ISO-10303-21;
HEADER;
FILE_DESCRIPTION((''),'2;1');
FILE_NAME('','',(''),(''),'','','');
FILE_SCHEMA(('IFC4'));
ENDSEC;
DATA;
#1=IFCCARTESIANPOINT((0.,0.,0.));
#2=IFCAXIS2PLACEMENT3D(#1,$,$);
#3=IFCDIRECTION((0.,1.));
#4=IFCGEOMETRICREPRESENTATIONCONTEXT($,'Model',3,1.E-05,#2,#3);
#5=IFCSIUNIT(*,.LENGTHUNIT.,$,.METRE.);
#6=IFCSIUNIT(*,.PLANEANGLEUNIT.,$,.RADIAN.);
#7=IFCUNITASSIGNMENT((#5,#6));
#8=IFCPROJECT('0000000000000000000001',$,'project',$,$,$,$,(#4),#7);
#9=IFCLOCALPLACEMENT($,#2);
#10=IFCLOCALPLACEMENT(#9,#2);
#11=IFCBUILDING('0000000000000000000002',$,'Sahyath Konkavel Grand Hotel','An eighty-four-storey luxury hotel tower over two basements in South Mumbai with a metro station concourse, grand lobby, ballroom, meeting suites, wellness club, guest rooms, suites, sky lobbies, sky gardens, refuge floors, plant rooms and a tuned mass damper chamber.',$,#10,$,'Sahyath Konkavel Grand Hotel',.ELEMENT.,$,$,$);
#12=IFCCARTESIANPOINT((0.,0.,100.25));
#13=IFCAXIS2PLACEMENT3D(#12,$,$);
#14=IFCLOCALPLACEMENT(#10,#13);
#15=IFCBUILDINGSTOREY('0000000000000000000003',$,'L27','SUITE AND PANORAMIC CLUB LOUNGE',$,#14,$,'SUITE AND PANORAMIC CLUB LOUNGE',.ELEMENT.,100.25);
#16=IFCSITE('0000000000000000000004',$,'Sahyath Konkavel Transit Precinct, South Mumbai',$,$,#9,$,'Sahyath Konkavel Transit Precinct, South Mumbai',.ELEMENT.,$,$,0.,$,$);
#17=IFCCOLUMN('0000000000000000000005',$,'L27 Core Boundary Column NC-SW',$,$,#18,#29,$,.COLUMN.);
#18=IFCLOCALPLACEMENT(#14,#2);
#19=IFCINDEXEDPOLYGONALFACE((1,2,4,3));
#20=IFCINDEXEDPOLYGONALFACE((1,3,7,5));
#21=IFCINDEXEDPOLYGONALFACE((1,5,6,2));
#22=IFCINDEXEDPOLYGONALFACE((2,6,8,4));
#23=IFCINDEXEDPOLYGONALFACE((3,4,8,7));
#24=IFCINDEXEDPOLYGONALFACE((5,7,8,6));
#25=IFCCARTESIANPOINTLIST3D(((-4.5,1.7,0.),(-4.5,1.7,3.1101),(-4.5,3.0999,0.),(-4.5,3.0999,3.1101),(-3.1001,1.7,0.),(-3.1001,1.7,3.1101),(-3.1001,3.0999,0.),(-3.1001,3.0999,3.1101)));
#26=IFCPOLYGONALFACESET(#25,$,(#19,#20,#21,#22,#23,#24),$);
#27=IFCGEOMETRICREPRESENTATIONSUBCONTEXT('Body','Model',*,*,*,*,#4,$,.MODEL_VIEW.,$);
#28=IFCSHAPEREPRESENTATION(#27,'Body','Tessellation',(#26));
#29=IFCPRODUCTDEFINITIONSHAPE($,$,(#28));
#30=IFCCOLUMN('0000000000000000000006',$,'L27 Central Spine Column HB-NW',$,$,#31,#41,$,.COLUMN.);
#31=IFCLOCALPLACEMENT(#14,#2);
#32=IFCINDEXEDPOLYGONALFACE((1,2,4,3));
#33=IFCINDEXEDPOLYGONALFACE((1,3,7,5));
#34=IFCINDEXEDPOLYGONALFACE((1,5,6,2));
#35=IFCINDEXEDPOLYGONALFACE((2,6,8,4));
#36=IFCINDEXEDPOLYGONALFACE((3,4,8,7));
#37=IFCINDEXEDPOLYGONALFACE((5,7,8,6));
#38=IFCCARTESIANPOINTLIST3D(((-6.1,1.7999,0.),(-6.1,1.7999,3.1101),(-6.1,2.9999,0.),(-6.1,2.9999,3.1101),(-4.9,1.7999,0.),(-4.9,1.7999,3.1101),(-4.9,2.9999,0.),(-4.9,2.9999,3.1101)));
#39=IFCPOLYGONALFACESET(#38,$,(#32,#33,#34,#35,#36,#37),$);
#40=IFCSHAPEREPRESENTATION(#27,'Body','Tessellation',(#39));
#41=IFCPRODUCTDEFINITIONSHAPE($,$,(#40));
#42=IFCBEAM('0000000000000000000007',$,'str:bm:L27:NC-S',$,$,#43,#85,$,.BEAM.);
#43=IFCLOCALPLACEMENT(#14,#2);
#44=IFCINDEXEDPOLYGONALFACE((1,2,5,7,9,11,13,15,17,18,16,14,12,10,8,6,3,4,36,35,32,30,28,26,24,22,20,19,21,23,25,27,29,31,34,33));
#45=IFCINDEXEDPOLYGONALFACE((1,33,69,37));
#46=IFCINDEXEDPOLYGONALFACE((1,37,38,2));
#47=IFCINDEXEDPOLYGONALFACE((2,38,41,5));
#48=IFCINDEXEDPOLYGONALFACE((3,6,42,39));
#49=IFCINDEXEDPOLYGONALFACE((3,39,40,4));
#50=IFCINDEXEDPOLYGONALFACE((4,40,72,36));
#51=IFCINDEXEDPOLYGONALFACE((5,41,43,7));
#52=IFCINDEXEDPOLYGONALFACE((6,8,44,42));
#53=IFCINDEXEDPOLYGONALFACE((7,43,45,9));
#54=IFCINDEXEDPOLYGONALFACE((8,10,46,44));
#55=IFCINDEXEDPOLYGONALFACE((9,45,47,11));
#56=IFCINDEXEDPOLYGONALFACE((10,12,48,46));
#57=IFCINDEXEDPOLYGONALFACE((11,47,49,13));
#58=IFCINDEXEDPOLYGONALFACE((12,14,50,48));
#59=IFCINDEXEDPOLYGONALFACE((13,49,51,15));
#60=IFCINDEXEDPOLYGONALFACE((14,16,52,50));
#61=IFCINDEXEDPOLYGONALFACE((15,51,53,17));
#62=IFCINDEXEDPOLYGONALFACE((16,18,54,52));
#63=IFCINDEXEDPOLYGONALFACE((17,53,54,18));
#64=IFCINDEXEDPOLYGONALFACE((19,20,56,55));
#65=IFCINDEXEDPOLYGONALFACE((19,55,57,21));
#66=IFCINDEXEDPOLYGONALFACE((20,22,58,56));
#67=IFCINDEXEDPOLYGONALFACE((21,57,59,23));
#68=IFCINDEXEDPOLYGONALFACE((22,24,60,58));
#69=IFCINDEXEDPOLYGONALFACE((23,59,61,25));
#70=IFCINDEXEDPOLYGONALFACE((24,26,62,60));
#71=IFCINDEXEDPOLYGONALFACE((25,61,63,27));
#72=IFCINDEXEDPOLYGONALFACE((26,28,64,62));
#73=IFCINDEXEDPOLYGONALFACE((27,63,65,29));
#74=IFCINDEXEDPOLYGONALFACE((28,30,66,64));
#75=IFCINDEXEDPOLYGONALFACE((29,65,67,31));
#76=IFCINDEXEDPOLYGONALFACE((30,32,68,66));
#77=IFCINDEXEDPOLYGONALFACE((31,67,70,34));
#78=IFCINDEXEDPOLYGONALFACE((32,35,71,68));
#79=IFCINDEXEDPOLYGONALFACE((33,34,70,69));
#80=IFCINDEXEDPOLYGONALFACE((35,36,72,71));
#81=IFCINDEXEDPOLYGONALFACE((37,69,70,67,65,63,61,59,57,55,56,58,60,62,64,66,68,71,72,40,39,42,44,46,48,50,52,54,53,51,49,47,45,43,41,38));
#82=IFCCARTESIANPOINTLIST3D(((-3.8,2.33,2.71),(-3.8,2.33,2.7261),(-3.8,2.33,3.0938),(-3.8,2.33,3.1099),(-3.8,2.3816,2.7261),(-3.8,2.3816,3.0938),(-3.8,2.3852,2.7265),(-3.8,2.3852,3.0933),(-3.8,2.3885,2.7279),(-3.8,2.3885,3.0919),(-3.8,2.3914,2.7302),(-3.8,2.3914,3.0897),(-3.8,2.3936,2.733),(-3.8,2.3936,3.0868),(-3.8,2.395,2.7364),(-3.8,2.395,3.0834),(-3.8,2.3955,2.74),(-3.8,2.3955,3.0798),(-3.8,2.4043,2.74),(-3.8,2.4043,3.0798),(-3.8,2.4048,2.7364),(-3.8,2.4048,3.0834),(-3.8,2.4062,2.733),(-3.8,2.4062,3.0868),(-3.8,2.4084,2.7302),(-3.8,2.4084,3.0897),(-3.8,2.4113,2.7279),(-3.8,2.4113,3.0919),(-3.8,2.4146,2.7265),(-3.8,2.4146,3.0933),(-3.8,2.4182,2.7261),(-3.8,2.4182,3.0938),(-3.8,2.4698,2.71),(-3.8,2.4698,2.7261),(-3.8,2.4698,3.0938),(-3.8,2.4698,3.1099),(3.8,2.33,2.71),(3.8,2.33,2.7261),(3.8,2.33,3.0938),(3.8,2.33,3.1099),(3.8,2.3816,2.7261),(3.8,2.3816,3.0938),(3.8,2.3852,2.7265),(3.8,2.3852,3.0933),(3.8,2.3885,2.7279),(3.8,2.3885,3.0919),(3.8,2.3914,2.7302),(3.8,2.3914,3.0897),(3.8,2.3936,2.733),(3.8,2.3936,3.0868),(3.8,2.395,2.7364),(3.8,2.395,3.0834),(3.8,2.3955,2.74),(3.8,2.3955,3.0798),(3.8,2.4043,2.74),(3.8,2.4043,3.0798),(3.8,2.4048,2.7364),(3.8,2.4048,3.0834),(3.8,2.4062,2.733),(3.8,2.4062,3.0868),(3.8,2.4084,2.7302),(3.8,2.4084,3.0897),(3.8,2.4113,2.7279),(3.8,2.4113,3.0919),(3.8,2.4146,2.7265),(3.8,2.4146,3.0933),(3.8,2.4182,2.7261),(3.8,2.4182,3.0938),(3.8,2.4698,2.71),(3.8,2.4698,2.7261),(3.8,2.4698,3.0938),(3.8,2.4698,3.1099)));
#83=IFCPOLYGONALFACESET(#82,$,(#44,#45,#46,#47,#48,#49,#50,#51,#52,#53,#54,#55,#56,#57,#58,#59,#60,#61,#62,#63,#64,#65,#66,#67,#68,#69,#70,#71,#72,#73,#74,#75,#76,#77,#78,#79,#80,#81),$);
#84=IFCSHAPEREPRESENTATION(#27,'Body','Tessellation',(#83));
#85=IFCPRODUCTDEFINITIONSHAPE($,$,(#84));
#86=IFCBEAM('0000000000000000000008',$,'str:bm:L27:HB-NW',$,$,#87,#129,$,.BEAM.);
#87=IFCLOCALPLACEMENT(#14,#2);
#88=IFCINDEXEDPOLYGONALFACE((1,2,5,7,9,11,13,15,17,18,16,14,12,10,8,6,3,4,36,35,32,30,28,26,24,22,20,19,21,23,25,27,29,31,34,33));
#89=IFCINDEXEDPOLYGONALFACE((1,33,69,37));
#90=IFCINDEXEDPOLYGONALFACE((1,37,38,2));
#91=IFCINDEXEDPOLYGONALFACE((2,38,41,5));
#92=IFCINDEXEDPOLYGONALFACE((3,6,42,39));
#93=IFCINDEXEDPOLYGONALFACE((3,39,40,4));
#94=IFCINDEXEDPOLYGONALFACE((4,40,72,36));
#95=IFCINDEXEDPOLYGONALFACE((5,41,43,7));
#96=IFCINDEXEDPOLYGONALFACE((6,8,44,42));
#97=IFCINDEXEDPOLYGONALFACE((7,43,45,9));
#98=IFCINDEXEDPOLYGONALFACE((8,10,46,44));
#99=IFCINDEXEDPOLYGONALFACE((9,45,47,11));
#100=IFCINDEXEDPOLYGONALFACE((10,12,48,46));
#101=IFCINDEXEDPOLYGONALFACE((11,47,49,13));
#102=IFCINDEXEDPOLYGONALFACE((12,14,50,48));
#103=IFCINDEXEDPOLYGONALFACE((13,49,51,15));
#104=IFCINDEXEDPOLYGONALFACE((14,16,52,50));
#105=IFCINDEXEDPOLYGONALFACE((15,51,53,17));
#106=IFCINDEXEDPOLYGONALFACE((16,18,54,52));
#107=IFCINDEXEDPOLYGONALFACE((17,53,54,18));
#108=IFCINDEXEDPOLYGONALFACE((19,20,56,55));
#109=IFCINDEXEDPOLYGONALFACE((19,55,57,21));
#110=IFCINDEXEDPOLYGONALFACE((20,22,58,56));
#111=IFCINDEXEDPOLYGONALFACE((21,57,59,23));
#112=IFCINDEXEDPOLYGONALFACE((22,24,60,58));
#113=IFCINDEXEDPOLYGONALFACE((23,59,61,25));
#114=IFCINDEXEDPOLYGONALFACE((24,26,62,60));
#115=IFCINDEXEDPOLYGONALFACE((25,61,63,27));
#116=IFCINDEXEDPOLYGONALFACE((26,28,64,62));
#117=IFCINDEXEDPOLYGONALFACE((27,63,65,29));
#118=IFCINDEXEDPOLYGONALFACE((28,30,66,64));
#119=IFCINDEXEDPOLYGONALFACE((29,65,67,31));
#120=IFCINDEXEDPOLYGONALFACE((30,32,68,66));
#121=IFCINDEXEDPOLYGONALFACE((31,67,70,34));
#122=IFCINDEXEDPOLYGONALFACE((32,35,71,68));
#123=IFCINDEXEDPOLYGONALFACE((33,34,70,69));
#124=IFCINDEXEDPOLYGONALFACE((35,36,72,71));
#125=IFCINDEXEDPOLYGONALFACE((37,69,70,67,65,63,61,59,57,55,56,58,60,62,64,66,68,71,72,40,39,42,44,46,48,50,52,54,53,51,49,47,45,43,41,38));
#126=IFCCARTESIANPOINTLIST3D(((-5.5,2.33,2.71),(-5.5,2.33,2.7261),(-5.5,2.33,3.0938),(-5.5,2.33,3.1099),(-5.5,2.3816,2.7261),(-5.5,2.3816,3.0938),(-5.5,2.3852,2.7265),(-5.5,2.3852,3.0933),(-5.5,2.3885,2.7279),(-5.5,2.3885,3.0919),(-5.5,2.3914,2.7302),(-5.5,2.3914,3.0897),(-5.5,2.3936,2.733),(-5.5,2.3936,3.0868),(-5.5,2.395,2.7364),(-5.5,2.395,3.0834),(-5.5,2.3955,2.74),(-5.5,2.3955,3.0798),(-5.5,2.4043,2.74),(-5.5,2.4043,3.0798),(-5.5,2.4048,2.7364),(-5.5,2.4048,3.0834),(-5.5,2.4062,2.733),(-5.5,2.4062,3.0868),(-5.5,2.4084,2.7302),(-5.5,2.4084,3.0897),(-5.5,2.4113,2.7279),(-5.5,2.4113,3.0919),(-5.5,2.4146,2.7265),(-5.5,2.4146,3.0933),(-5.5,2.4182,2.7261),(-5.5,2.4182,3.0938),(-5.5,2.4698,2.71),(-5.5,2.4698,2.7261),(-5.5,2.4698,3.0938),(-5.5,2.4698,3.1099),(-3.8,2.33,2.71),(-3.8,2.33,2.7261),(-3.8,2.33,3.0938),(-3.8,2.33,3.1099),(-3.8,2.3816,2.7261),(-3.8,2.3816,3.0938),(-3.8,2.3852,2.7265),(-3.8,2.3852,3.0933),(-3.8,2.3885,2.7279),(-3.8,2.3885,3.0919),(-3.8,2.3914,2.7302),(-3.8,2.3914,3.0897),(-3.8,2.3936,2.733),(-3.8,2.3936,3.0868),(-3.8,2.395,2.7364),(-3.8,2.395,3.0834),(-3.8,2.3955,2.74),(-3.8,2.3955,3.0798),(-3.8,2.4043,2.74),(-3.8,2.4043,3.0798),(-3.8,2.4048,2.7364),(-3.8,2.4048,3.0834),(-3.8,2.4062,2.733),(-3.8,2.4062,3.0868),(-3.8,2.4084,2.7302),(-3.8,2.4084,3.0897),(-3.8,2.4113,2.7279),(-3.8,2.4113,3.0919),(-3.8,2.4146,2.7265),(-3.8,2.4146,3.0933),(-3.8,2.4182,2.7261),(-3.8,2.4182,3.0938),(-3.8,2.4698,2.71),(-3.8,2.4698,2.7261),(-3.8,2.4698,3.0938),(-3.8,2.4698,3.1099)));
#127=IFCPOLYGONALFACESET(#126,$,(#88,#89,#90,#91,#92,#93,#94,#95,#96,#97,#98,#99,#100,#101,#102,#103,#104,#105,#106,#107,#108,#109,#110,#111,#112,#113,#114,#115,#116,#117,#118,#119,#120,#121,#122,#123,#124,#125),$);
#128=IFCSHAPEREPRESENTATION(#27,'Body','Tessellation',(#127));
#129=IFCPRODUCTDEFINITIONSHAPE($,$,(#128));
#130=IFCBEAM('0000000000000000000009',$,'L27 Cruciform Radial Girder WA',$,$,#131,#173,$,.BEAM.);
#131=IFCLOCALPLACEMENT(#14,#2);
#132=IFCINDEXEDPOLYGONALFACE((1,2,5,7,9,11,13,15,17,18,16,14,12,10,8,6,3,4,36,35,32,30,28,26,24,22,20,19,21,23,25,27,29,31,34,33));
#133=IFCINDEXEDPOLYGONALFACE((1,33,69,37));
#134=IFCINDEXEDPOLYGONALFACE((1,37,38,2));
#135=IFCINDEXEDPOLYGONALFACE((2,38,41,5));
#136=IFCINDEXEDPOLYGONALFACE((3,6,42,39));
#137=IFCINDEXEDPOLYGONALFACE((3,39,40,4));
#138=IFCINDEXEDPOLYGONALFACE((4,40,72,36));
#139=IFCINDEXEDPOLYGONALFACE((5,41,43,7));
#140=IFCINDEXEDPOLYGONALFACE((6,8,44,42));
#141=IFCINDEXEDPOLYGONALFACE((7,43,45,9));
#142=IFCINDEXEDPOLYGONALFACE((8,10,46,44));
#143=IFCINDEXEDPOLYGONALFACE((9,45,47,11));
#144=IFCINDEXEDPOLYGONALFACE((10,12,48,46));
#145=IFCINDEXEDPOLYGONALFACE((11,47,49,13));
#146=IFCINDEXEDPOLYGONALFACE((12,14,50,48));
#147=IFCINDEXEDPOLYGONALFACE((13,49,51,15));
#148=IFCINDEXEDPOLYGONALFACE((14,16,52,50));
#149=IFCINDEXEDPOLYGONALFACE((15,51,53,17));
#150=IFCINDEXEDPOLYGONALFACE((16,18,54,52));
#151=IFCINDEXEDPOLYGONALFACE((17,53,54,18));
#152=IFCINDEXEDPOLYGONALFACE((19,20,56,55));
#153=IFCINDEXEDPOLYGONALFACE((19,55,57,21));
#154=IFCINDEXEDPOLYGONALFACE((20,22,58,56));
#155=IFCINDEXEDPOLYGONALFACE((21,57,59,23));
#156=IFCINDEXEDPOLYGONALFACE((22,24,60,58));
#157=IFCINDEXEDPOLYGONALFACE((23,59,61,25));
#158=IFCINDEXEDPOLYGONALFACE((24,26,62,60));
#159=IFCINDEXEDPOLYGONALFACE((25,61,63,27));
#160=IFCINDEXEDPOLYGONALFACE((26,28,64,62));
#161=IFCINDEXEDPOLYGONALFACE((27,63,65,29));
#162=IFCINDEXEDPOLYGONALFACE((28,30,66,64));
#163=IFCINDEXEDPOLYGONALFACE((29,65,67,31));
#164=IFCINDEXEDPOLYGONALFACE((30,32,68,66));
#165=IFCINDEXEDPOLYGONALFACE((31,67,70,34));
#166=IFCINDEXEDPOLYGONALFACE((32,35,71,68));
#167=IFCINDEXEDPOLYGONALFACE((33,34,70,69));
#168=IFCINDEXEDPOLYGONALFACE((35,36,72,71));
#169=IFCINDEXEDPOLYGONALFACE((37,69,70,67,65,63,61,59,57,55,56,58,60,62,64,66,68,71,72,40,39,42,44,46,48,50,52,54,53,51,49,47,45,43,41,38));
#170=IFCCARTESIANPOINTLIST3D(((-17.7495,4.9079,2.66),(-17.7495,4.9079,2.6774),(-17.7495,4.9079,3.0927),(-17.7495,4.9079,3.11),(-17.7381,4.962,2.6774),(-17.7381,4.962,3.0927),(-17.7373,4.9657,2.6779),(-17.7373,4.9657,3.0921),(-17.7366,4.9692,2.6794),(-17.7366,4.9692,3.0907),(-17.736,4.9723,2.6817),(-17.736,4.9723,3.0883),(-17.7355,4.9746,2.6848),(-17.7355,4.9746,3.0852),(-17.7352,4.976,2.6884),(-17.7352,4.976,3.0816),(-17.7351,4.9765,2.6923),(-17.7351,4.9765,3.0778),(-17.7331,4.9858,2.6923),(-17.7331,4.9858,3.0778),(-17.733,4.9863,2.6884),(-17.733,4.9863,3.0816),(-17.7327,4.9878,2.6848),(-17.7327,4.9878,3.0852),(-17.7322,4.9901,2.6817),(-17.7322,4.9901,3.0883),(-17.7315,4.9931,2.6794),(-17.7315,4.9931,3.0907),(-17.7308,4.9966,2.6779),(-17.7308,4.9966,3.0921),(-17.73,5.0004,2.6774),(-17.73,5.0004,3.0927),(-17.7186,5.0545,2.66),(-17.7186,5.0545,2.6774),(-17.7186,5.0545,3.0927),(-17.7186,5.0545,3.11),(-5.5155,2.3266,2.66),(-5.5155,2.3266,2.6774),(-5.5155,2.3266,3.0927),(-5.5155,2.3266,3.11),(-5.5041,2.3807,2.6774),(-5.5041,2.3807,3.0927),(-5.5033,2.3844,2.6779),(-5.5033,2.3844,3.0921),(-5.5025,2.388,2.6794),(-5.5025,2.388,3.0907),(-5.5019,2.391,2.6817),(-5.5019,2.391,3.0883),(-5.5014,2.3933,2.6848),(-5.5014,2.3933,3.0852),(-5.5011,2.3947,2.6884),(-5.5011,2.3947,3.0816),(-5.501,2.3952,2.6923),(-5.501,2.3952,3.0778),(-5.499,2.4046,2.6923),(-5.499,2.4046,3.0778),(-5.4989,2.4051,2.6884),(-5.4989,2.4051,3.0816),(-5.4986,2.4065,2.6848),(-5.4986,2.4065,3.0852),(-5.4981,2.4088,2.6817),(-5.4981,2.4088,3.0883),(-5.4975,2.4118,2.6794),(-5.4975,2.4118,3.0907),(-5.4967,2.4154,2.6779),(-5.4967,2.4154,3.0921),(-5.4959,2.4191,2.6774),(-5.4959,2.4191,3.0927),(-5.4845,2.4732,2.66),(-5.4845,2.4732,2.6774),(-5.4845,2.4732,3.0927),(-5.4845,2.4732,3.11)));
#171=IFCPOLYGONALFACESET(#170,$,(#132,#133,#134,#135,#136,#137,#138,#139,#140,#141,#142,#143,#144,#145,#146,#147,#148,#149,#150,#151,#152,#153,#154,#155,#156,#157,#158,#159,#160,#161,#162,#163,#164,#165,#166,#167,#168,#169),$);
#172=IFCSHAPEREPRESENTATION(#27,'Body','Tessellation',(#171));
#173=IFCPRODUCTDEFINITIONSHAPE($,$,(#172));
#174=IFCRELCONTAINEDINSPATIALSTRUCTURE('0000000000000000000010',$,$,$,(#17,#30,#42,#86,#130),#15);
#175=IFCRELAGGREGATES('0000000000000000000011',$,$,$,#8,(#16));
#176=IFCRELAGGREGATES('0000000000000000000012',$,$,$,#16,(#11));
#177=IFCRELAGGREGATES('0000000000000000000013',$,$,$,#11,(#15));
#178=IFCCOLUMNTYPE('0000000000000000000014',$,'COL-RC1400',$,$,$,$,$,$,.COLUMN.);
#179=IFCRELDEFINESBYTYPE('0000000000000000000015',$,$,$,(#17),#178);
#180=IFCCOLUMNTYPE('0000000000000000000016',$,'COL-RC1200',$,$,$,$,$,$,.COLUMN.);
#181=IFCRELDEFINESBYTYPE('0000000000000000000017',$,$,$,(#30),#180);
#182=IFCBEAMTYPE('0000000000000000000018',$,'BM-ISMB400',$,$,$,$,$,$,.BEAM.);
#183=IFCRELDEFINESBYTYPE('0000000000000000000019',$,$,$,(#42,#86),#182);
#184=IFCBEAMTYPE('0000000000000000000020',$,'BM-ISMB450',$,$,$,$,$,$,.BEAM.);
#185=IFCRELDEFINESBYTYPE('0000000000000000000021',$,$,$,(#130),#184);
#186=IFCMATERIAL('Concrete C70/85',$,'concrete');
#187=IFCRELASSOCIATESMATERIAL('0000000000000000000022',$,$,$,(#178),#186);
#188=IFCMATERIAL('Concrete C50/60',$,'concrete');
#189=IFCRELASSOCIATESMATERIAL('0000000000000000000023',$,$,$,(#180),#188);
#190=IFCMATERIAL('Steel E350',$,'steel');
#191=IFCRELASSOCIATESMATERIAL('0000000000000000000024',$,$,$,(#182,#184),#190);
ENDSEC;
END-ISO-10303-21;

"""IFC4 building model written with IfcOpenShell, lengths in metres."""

from ifc_helpers import new_model, si_unit, direction, frame, origin, origin_2d, place, context, subcontext, project, spatial, rectangle, i_section, extrude, source, transform, mapped, material, material_profile, profile_set, type_object, element, save


model = new_model("IFC4")

# Units and contexts
model_context = context("Model", 3, precision=1e-05, world=origin(), true_north=direction((0.0, 1.0)))
body_context = subcontext(model_context, "Body", "Model", "MODEL_VIEW")
ifc_project = project(units=[si_unit("LENGTHUNIT", "METRE"), si_unit("PLANEANGLEUNIT", "RADIAN")], contexts=[model_context])

# Site, building, storey
site_placement = place(None, origin())
site = spatial("IfcSite", under=ifc_project, at=site_placement, Name="Sahyath Konkavel Transit Precinct, South Mumbai", LongName="Sahyath Konkavel Transit Precinct, South Mumbai", CompositionType="ELEMENT", RefElevation=0.0)
building_placement = place(site_placement, origin())
building = spatial("IfcBuilding", under=site, at=building_placement, Name="Sahyath Konkavel Grand Hotel", Description="An eighty-four-storey luxury hotel tower over two basements in South Mumbai with a metro station concourse, grand lobby, ballroom, meeting suites, wellness club, guest rooms, suites, sky lobbies, sky gardens, refuge floors, plant rooms and a tuned mass damper chamber.", LongName="Sahyath Konkavel Grand Hotel", CompositionType="ELEMENT")
storey_placement = place(building_placement, frame((0.0, 0.0, 100.25)))
storey = spatial("IfcBuildingStorey", under=building, at=storey_placement, Name="L27", Description="SUITE AND PANORAMIC CLUB LOUNGE", LongName="SUITE AND PANORAMIC CLUB LOUNGE", CompositionType="ELEMENT", Elevation=100.25)

# Columns
ifc_material_1 = material(Name="Concrete C70/85", Category="concrete")
ifc_material_profile_1 = material_profile(ifc_material_1, rectangle(XDim=1.3999, YDim=1.3999, at=origin_2d()), Name="RC 1400x1400")
ifc_profile_set_1 = profile_set([ifc_material_profile_1], Name="Concrete C70/85")
column_type_1 = type_object("IfcColumnType", Name="COL-RC1400", PredefinedType="COLUMN", material=ifc_profile_set_1)
shared_shape_1 = source(origin(), body_context, "Body", "SweptSolid", [
    extrude(rectangle(XDim=1.3999, YDim=1.3999, at=origin_2d()), origin(), (0.0, 0.0, 1.0), 3.1101),
])
column_1_placement = place(storey_placement, frame((-3.8, 2.3999, 0.0), z_axis=(0.0, 0.0, 1.0), x_axis=(1.0, 0.0, 0.0)))
element("IfcColumn", 1, at=column_1_placement, inside=storey, type_object=column_type_1, Name="L27 Core Boundary Column NC-SW", PredefinedType="COLUMN", context=body_context, shape_type="MappedRepresentation", body=[
    mapped(shared_shape_1, transform((0.0, 0.0, 0.0), scale=1.0)),
])
ifc_material_2 = material(Name="Concrete C50/60", Category="concrete")
ifc_material_profile_2 = material_profile(ifc_material_2, rectangle(XDim=1.2, YDim=1.2, at=origin_2d()), Name="RC 1200x1200")
ifc_profile_set_2 = profile_set([ifc_material_profile_2], Name="Concrete C50/60")
column_type_2 = type_object("IfcColumnType", Name="COL-RC1200", PredefinedType="COLUMN", material=ifc_profile_set_2)
shared_shape_2 = source(origin(), body_context, "Body", "SweptSolid", [
    extrude(rectangle(XDim=1.2, YDim=1.2, at=origin_2d()), origin(), (0.0, 0.0, 1.0), 3.1101),
])
column_2_placement = place(storey_placement, frame((-5.5, 2.3999, 0.0), z_axis=(0.0, 0.0, 1.0), x_axis=(1.0, 0.0, 0.0)))
element("IfcColumn", 2, at=column_2_placement, inside=storey, type_object=column_type_2, Name="L27 Central Spine Column HB-NW", PredefinedType="COLUMN", context=body_context, shape_type="MappedRepresentation", body=[
    mapped(shared_shape_2, transform((0.0, 0.0, 0.0), scale=1.0)),
])

# Beams
ifc_material_3 = material(Name="Steel E350", Category="steel")
ifc_material_profile_3 = material_profile(ifc_material_3, i_section(OverallWidth=0.1399, OverallDepth=0.3999, WebThickness=0.0088, FlangeThickness=0.0161, FilletRadius=0.0139, at=origin_2d()), Name="ISMB 400")
ifc_profile_set_3 = profile_set([ifc_material_profile_3], Name="Steel E350")
beam_type_1 = type_object("IfcBeamType", Name="BM-ISMB400", PredefinedType="BEAM", material=ifc_profile_set_3)
shared_shape_3 = source(origin(), body_context, "Body", "SweptSolid", [
    extrude(i_section(OverallWidth=0.1399, OverallDepth=0.3999, WebThickness=0.0088, FlangeThickness=0.0161, FilletRadius=0.0139, at=origin_2d()), origin(), (0.0, 0.0, 1.0), 7.6001),
])
beam_1_placement = place(storey_placement, frame((-3.8, 2.3999, 2.9099), z_axis=(1.0, 0.0, 0.0), x_axis=(0.0, 1.0, 0.0)))
element("IfcBeam", 3, at=beam_1_placement, inside=storey, type_object=beam_type_1, Name="str:bm:L27:NC-S", PredefinedType="BEAM", context=body_context, shape_type="MappedRepresentation", body=[
    mapped(shared_shape_3, transform((0.0, 0.0, 0.0), scale=1.0)),
])
shared_shape_4 = source(origin(), body_context, "Body", "SweptSolid", [
    extrude(i_section(OverallWidth=0.1399, OverallDepth=0.3999, WebThickness=0.0088, FlangeThickness=0.0161, FilletRadius=0.0139, at=origin_2d()), origin(), (0.0, 0.0, 1.0), 1.7),
])
beam_2_placement = place(storey_placement, frame((-5.5, 2.3999, 2.9099), z_axis=(1.0, 0.0, 0.0), x_axis=(0.0, 1.0, 0.0)))
element("IfcBeam", 4, at=beam_2_placement, inside=storey, type_object=beam_type_1, Name="str:bm:L27:HB-NW", PredefinedType="BEAM", context=body_context, shape_type="MappedRepresentation", body=[
    mapped(shared_shape_4, transform((0.0, 0.0, 0.0), scale=1.0)),
])
ifc_material_profile_4 = material_profile(ifc_material_3, i_section(OverallWidth=0.1499, OverallDepth=0.45, WebThickness=0.0095, FlangeThickness=0.0173, FilletRadius=0.0149, at=origin_2d()), Name="ISMB 450")
ifc_profile_set_4 = profile_set([ifc_material_profile_4], Name="Steel E350")
beam_type_2 = type_object("IfcBeamType", Name="BM-ISMB450", PredefinedType="BEAM", material=ifc_profile_set_4)
shared_shape_5 = source(origin(), body_context, "Body", "SweptSolid", [
    extrude(i_section(OverallWidth=0.1499, OverallDepth=0.45, WebThickness=0.0095, FlangeThickness=0.0173, FilletRadius=0.0149, at=origin_2d()), origin(), (0.0, 0.0, 1.0), 12.5034),
])
beam_3_placement = place(storey_placement, frame((-5.5, 2.3999, 2.885), z_axis=(-0.978458, 0.206446, 0.0), x_axis=(-0.206446, -0.978458, 0.0)))
element("IfcBeam", 5, at=beam_3_placement, inside=storey, type_object=beam_type_2, Name="L27 Cruciform Radial Girder WA", PredefinedType="BEAM", context=body_context, shape_type="MappedRepresentation", body=[
    mapped(shared_shape_5, transform((0.0, 0.0, 0.0), scale=1.0)),
])

save(model, "model.ifc")
